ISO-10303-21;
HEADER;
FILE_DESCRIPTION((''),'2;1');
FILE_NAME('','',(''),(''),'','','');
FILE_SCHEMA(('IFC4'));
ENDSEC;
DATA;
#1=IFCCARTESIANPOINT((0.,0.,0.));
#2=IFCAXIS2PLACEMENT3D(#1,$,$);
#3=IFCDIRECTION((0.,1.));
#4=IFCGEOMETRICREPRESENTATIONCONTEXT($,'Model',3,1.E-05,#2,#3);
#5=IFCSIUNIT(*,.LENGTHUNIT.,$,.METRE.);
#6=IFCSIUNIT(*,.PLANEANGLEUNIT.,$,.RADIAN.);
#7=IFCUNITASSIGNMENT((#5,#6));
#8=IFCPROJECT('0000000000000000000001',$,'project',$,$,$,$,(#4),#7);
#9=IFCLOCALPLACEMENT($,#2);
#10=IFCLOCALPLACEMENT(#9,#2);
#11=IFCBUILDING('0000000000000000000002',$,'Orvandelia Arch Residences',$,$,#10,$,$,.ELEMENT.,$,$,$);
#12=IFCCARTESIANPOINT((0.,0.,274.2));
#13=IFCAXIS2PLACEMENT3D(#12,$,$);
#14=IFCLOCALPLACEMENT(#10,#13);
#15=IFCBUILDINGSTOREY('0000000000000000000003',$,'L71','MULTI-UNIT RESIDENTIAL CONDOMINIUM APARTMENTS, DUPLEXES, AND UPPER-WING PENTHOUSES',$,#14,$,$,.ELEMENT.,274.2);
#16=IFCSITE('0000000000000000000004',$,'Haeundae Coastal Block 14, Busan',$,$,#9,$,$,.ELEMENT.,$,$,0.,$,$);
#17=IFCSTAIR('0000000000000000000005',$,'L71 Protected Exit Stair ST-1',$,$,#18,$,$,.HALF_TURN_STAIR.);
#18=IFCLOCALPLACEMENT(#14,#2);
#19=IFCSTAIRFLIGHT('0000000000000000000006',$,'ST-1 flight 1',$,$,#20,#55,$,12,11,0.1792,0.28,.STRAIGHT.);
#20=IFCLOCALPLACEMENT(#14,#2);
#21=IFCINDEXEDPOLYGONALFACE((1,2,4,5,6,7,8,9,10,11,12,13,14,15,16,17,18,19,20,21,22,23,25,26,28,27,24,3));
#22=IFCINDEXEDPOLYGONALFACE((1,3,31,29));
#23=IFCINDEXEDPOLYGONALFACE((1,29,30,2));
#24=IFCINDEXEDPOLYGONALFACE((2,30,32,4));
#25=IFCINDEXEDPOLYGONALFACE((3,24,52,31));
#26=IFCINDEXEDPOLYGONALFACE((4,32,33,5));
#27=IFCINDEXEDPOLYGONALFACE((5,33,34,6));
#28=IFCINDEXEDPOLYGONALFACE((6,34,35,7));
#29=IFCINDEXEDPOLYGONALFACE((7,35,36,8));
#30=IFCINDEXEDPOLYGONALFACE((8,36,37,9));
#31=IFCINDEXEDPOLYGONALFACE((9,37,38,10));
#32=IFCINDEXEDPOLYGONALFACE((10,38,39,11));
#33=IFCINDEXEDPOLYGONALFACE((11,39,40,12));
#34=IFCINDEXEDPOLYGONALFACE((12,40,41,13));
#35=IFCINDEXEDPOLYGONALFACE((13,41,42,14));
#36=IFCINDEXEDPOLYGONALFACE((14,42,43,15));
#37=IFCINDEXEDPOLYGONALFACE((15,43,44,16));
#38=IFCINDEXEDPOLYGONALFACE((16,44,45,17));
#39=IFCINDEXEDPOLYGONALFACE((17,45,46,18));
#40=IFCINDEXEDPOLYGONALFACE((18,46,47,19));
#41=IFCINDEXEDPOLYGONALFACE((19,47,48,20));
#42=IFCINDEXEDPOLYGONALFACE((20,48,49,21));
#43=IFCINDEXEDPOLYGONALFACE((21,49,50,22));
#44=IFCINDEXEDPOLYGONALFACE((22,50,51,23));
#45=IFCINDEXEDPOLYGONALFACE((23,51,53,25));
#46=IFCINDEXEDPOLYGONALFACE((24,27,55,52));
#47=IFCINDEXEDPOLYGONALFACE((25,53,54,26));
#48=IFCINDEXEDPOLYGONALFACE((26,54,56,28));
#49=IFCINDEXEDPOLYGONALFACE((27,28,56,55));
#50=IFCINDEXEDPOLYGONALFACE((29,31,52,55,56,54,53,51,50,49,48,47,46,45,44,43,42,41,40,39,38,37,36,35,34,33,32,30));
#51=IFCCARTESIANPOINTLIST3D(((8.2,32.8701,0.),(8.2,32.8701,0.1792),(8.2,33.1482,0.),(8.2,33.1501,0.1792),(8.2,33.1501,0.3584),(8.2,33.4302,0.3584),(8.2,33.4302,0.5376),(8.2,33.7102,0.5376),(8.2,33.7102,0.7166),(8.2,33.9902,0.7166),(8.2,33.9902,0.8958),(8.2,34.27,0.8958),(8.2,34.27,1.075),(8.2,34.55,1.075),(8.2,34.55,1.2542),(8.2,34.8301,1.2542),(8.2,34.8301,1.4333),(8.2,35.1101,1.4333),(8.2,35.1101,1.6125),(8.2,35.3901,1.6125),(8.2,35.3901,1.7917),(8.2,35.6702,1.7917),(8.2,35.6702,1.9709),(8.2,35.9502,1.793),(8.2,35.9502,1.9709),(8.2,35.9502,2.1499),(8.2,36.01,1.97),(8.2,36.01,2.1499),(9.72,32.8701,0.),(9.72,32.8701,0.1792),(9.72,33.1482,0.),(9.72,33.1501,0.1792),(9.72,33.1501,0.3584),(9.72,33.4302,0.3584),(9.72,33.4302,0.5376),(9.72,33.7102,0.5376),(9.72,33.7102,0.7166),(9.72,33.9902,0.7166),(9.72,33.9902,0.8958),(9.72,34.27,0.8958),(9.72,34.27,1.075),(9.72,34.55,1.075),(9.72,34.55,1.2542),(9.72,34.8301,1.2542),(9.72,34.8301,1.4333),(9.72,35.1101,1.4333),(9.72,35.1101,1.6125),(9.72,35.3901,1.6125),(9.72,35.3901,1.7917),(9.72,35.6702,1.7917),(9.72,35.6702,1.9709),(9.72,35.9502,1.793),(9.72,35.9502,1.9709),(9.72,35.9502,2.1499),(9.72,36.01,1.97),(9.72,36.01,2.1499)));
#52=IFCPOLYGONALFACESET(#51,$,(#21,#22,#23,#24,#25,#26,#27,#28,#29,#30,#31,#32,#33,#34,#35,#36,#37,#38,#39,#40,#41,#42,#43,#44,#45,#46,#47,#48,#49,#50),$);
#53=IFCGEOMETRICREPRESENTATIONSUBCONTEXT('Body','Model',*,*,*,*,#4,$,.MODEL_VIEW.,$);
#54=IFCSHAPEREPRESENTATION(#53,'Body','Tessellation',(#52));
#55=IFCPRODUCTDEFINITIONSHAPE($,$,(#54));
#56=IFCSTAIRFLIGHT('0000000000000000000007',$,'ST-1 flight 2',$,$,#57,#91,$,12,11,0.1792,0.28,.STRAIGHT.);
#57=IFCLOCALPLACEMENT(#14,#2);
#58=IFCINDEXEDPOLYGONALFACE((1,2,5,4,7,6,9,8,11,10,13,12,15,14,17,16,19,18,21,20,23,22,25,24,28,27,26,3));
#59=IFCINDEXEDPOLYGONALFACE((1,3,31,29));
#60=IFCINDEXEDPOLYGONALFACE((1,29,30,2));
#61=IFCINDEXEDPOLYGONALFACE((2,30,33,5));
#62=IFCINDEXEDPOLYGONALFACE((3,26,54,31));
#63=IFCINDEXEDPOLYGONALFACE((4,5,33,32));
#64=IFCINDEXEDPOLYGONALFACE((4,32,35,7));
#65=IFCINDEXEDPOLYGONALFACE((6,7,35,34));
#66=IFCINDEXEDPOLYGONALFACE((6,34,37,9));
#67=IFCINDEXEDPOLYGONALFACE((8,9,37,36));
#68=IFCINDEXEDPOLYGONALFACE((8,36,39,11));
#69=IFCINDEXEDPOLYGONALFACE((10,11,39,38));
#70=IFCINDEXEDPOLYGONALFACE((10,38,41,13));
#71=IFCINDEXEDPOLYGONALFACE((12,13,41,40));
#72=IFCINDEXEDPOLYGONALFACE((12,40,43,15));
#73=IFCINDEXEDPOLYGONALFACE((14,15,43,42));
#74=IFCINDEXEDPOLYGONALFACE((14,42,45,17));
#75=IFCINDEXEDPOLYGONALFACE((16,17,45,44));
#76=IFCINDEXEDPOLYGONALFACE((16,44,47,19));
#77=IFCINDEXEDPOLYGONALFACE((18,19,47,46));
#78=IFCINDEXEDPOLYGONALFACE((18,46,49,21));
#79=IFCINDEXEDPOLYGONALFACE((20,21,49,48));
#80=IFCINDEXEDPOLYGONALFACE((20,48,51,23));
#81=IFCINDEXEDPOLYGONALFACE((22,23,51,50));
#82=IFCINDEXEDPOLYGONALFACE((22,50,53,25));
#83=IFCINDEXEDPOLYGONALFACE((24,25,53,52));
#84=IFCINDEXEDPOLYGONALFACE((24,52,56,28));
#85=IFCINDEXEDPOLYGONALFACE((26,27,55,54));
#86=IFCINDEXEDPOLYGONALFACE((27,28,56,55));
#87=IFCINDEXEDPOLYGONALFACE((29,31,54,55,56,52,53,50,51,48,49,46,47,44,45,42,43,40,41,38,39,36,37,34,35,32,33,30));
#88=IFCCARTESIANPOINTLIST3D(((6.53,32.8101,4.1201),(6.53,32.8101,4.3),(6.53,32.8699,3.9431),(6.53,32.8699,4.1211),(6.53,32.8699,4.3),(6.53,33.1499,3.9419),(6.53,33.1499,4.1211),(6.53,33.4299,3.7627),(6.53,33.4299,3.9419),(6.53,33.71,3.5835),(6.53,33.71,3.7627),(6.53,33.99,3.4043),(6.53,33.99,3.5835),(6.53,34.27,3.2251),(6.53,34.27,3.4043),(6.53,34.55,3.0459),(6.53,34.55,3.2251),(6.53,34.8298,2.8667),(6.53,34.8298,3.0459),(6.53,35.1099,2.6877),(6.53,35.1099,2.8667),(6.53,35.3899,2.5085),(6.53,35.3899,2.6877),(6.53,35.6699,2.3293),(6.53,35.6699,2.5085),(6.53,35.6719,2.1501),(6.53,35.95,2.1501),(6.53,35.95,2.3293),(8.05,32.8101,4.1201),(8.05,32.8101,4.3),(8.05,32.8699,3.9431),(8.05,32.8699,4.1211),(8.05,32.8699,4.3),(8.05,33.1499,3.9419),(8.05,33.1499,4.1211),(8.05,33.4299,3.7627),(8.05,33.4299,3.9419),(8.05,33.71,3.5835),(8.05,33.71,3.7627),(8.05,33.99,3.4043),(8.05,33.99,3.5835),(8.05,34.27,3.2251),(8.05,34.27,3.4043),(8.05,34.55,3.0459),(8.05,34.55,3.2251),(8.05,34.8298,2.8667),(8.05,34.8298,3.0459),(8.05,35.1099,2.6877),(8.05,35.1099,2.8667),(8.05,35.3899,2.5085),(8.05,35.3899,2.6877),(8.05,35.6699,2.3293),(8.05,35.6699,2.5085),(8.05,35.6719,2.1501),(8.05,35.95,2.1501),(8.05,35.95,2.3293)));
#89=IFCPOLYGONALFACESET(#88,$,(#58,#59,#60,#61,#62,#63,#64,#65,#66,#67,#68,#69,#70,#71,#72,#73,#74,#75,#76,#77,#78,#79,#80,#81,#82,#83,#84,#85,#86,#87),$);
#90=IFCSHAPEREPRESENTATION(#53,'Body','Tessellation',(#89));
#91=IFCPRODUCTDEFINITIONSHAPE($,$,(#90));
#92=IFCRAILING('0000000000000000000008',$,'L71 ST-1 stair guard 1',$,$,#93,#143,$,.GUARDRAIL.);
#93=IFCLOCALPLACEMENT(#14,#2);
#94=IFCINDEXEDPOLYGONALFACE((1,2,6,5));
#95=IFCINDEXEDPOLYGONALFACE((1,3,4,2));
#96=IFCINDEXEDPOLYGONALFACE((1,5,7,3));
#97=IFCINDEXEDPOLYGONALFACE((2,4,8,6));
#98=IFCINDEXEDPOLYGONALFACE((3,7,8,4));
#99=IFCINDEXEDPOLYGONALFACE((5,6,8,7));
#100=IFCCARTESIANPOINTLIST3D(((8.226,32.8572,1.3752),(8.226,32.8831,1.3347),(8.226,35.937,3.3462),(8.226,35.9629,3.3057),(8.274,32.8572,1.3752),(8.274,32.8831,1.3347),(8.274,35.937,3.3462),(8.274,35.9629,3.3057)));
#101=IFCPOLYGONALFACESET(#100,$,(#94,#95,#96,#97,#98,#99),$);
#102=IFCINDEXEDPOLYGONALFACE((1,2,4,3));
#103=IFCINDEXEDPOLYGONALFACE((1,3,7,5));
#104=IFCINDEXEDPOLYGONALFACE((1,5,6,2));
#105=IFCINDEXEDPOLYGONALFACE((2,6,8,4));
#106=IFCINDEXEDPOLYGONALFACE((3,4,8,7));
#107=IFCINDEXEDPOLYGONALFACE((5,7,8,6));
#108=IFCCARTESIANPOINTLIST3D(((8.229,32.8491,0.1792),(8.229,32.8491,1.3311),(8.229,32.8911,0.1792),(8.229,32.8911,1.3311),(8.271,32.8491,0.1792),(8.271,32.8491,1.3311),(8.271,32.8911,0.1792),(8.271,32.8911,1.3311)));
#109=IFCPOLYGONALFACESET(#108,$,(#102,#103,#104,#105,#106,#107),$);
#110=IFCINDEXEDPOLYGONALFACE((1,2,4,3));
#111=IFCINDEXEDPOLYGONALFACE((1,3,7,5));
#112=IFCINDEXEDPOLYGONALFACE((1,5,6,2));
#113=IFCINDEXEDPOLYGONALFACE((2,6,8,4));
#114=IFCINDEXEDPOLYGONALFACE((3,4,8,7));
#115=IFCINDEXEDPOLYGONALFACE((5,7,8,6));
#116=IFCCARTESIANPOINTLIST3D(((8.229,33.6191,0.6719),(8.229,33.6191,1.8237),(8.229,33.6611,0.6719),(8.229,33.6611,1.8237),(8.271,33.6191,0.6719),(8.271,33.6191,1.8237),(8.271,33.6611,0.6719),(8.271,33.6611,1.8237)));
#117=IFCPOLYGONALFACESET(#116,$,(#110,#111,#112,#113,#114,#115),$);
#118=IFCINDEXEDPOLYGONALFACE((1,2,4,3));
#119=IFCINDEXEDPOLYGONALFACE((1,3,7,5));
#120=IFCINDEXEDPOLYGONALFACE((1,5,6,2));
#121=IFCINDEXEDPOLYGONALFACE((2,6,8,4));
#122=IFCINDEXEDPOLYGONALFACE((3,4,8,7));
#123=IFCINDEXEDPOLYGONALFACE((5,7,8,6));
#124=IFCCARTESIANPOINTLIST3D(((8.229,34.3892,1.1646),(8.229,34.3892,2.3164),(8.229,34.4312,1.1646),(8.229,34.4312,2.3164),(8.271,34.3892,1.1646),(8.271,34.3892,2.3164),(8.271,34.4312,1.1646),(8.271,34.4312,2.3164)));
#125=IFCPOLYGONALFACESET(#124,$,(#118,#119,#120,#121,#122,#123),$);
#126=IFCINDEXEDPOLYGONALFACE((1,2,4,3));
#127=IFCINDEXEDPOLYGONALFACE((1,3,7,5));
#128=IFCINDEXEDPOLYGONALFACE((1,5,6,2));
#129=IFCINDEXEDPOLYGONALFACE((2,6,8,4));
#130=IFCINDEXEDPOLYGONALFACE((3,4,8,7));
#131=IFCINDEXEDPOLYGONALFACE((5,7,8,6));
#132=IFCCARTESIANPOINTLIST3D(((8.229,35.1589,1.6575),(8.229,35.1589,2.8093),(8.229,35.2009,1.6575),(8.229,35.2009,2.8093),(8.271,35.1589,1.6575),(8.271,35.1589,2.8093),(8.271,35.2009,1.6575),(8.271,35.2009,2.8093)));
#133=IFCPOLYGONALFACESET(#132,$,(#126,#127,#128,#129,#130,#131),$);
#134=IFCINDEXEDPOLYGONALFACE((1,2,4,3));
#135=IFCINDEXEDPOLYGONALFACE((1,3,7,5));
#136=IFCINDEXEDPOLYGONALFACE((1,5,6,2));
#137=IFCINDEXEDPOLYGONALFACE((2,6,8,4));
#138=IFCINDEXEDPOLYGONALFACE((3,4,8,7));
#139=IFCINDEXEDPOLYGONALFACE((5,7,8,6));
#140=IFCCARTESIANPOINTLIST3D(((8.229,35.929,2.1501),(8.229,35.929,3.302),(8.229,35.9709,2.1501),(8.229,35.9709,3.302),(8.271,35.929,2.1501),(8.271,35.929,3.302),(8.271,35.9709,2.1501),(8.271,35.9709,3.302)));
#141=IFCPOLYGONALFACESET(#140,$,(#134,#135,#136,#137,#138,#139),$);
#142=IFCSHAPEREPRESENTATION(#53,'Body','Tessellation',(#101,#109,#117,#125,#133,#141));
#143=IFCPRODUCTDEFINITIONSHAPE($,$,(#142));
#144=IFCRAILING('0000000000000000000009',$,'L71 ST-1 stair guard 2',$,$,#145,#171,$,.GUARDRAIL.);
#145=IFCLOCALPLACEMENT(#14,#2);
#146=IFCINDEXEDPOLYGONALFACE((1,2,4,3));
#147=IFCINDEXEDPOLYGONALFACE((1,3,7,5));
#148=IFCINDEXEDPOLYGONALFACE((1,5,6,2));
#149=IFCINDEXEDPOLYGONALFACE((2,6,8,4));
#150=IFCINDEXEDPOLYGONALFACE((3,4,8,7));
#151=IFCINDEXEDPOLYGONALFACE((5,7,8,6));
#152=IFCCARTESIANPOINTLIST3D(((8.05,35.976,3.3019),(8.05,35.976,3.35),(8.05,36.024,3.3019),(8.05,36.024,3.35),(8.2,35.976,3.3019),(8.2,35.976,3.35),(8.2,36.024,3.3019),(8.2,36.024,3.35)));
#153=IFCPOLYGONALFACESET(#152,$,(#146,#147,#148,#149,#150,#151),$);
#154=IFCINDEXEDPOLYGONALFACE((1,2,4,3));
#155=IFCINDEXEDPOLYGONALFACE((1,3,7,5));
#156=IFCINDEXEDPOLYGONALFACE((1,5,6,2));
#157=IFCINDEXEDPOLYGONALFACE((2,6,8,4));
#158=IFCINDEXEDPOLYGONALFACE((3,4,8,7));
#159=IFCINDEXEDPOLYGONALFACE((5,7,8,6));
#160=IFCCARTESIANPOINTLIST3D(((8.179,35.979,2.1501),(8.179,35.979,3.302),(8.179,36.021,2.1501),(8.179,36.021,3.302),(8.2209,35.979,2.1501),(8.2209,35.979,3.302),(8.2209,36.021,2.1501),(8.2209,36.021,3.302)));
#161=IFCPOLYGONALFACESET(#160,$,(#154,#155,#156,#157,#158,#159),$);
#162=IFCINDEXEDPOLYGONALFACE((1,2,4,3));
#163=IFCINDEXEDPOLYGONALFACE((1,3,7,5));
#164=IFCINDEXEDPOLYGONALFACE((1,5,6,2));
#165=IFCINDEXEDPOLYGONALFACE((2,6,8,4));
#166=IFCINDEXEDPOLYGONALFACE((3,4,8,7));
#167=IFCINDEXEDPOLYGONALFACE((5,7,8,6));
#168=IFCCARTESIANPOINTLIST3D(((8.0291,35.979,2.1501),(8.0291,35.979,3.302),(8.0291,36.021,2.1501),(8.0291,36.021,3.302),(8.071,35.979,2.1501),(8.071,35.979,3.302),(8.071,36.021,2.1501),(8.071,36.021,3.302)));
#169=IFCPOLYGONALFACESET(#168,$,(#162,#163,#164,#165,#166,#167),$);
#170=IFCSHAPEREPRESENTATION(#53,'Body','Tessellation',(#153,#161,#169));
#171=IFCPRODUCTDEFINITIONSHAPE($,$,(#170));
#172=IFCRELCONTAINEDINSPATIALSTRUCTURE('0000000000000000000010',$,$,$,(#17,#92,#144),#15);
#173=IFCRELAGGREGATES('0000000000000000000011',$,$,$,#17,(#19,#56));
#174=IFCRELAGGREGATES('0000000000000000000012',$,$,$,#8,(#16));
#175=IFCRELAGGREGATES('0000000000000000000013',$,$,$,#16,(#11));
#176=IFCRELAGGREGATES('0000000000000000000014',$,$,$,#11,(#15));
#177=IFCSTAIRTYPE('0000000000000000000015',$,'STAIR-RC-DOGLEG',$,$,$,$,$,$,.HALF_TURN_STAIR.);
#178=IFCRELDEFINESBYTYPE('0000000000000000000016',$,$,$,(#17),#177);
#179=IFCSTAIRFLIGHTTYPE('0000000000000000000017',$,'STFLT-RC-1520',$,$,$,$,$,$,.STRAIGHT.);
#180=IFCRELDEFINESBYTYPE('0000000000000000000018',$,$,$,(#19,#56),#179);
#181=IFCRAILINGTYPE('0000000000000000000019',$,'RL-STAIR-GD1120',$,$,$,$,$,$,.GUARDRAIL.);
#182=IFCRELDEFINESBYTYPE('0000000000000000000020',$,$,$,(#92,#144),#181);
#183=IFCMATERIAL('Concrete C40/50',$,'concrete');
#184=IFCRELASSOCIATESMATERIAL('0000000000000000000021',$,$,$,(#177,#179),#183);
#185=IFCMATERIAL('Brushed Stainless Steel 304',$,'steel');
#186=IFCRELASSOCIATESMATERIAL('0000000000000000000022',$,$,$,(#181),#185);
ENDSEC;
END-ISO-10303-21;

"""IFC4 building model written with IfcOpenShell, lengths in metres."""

from ifc_helpers import new_model, si_unit, direction, frame, origin, origin_2d, place, context, subcontext, project, spatial, polyline, rectangle, outline, extrude, material, type_object, element, aggregate, save


model = new_model("IFC4")

# Units and contexts
model_context = context("Model", 3, precision=1e-05, world=origin(), true_north=direction((0.0, 1.0)))
body_context = subcontext(model_context, "Body", "Model", "MODEL_VIEW")
ifc_project = project(units=[si_unit("LENGTHUNIT", "METRE"), si_unit("PLANEANGLEUNIT", "RADIAN")], contexts=[model_context])

# Site, building, storey
site_placement = place(None, origin())
site = spatial("IfcSite", under=ifc_project, at=site_placement, Name="Haeundae Coastal Block 14, Busan", CompositionType="ELEMENT", RefElevation=0.0)
building_placement = place(site_placement, origin())
building = spatial("IfcBuilding", under=site, at=building_placement, Name="Orvandelia Arch Residences", CompositionType="ELEMENT")
storey_placement = place(building_placement, frame((0.0, 0.0, 274.2)))
storey = spatial("IfcBuildingStorey", under=building, at=storey_placement, Name="L71", Description="MULTI-UNIT RESIDENTIAL CONDOMINIUM APARTMENTS, DUPLEXES, AND UPPER-WING PENTHOUSES", CompositionType="ELEMENT", Elevation=274.2)

# Stair, stair flights
ifc_material_1 = material(Name="Concrete C40/50", Category="concrete")
stair_type = type_object("IfcStairType", Name="STAIR-RC-DOGLEG", PredefinedType="HALF_TURN_STAIR", material=ifc_material_1)
stair_placement = place(storey_placement, origin())
stair = element("IfcStair", 1, at=stair_placement, inside=storey, type_object=stair_type, Name="L71 Protected Exit Stair ST-1", PredefinedType="HALF_TURN_STAIR")
stair_flight_type = type_object("IfcStairFlightType", Name="STFLT-RC-1520", PredefinedType="STRAIGHT", material=ifc_material_1)
stair_flight_1_placement = place(storey_placement, frame((8.96, 32.8701, 0.0), z_axis=(0.0, 0.0, 1.0), x_axis=(0.0, 1.0, 0.0)))
stair_flight_1 = element("IfcStairFlight", 2, at=stair_flight_1_placement, type_object=stair_flight_type, Name="ST-1 flight 1", NumberOfRisers=12, NumberOfTreads=11, PredefinedType="STRAIGHT", RiserHeight=0.1792, TreadLength=0.28, context=body_context, shape_type="SweptSolid", body=[
    extrude(outline(polyline([(0.0, 0.0), (0.0, 0.1792), (0.28, 0.1792), (0.28, 0.3584), (0.5601, 0.3584), (0.5601, 0.5376), (0.8401, 0.5376), (0.8401, 0.7166), (1.1201, 0.7166), (1.1201, 0.8958), (1.3999, 0.8958), (1.3999, 1.075), (1.6799, 1.075), (1.6799, 1.2542), (1.96, 1.2542), (1.96, 1.4333), (2.24, 1.4333), (2.24, 1.6125), (2.52, 1.6125), (2.52, 1.7917), (2.8, 1.7917), (2.8, 1.9709), (3.0801, 1.9709), (3.0801, 2.1499), (3.1399, 2.1499), (3.1399, 1.97), (3.0801, 1.793), (0.2781, 0.0), (0.0, 0.0)])), frame((0.0, 0.76, 0.0), z_axis=(0.0, -1.0, 0.0), x_axis=(1.0, 0.0, 0.0)), (0.0, 0.0, 1.0), 1.52),
])
stair_flight_2_placement = place(storey_placement, frame((7.29, 35.95, 2.1501), z_axis=(0.0, 0.0, 1.0), x_axis=(0.0, -1.0, 0.0)))
stair_flight_2 = element("IfcStairFlight", 3, at=stair_flight_2_placement, type_object=stair_flight_type, Name="ST-1 flight 2", NumberOfRisers=12, NumberOfTreads=11, PredefinedType="STRAIGHT", RiserHeight=0.1792, TreadLength=0.28, context=body_context, shape_type="SweptSolid", body=[
    extrude(outline(polyline([(0.0, 0.0), (0.0, 0.1792), (0.28, 0.1792), (0.28, 0.3584), (0.5601, 0.3584), (0.5601, 0.5376), (0.8401, 0.5376), (0.8401, 0.7166), (1.1201, 0.7166), (1.1201, 0.8958), (1.3999, 0.8958), (1.3999, 1.075), (1.6799, 1.075), (1.6799, 1.2542), (1.96, 1.2542), (1.96, 1.4333), (2.24, 1.4333), (2.24, 1.6125), (2.52, 1.6125), (2.52, 1.7917), (2.8, 1.7917), (2.8, 1.9709), (3.0801, 1.9709), (3.0801, 2.1499), (3.1399, 2.1499), (3.1399, 1.97), (3.0801, 1.793), (0.2781, 0.0), (0.0, 0.0)])), frame((0.0, 0.76, 0.0), z_axis=(0.0, -1.0, 0.0), x_axis=(1.0, 0.0, 0.0)), (0.0, 0.0, 1.0), 1.52),
])
aggregate(stair, [stair_flight_1, stair_flight_2])

# Railings
ifc_material_2 = material(Name="Brushed Stainless Steel 304", Category="steel")
railing_type_1 = type_object("IfcRailingType", Name="RL-STAIR-GD1120", PredefinedType="GUARDRAIL", material=ifc_material_2)
railing_1_placement = place(storey_placement, frame((8.25, 32.8701, 0.1792)))
element("IfcRailing", 4, at=railing_1_placement, inside=storey, type_object=railing_type_1, Name="L71 ST-1 stair guard 1", PredefinedType="GUARDRAIL", context=body_context, shape_type="SweptSolid", body=[
    extrude(rectangle(XDim=0.0481, YDim=0.0481, at=origin_2d()), frame((0.0, 0.0, 1.1758), z_axis=(0.0, 0.84229, 0.539025), x_axis=(-1.0, 0.0, 0.0)), (0.0, 0.0, 1.0), 3.6565),
    extrude(rectangle(XDim=0.042, YDim=0.042, at=origin_2d()), origin(), (0.0, 0.0, 1.0), 1.1519),
    extrude(rectangle(XDim=0.042, YDim=0.042, at=origin_2d()), frame((0.0, 0.77, 0.4927)), (0.0, 0.0, 1.0), 1.1519),
    extrude(rectangle(XDim=0.042, YDim=0.042, at=origin_2d()), frame((0.0, 1.54, 0.9854)), (0.0, 0.0, 1.0), 1.1519),
    extrude(rectangle(XDim=0.042, YDim=0.042, at=origin_2d()), frame((0.0, 2.3098, 1.4783)), (0.0, 0.0, 1.0), 1.1519),
    extrude(rectangle(XDim=0.042, YDim=0.042, at=origin_2d()), frame((0.0, 3.0798, 1.9709)), (0.0, 0.0, 1.0), 1.1519),
])
railing_2_placement = place(storey_placement, frame((8.2, 36.0, 2.1501)))
element("IfcRailing", 5, at=railing_2_placement, inside=storey, type_object=railing_type_1, Name="L71 ST-1 stair guard 2", PredefinedType="GUARDRAIL", context=body_context, shape_type="SweptSolid", body=[
    extrude(rectangle(XDim=0.0481, YDim=0.0481, at=origin_2d()), frame((0.0, 0.0, 1.1758), z_axis=(-1.0, 0.0, 0.0), x_axis=(0.0, -1.0, 0.0)), (0.0, 0.0, 1.0), 0.1499),
    extrude(rectangle(XDim=0.042, YDim=0.042, at=origin_2d()), origin(), (0.0, 0.0, 1.0), 1.1519),
    extrude(rectangle(XDim=0.042, YDim=0.042, at=origin_2d()), frame((-0.1499, 0.0, 0.0)), (0.0, 0.0, 1.0), 1.1519),
])

save(model, "model.ifc")
